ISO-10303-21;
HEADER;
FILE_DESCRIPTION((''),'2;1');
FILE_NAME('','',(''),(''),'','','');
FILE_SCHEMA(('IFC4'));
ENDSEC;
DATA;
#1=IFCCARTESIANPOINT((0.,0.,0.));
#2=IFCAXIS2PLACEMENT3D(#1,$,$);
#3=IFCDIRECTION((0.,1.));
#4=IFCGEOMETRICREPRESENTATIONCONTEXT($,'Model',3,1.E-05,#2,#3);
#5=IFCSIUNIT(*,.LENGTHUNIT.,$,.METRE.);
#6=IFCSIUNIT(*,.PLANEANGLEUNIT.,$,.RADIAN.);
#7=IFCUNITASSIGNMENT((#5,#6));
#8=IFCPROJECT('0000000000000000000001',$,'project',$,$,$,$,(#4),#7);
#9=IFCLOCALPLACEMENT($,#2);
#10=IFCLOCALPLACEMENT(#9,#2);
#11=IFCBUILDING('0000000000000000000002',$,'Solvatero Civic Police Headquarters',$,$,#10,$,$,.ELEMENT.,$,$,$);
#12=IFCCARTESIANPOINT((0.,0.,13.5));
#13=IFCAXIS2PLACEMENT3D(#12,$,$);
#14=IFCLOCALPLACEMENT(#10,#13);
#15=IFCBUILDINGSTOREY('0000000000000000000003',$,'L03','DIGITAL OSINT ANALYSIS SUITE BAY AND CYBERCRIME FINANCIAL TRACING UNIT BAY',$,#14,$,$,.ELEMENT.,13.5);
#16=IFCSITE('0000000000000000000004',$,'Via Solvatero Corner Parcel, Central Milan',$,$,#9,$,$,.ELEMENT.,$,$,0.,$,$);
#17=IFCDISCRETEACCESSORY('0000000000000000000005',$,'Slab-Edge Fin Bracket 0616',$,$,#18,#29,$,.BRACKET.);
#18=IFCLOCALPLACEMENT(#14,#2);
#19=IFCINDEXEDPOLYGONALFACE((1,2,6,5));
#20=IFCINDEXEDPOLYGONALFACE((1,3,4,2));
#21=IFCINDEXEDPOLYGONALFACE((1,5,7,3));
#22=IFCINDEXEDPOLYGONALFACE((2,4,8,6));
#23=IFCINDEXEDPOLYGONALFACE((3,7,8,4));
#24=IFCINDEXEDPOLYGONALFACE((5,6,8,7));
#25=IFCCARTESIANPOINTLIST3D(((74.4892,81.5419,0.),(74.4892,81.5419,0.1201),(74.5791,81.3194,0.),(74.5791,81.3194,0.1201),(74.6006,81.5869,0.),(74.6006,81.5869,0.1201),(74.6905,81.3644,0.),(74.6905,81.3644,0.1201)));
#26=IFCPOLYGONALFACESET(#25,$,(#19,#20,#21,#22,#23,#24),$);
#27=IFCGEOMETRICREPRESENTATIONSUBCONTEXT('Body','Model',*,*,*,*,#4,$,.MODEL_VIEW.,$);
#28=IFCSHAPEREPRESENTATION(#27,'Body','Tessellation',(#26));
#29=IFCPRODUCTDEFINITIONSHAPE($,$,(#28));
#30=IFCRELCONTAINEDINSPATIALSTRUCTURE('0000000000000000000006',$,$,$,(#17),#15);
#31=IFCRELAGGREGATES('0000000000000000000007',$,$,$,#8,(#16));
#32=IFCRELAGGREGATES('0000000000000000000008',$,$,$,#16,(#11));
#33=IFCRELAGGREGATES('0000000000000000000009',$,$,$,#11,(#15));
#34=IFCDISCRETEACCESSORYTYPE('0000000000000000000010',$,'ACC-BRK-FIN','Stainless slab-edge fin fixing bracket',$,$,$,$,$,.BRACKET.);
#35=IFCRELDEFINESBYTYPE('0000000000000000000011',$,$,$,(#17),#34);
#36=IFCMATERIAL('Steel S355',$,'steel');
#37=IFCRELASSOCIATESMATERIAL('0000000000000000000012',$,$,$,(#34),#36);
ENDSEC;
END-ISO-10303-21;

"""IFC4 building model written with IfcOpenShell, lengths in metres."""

from ifc_helpers import new_model, si_unit, direction, frame, origin, origin_2d, place, context, subcontext, project, spatial, rectangle, extrude, material, type_object, element, save


model = new_model("IFC4")

# Units and contexts
model_context = context("Model", 3, precision=1e-05, world=origin(), true_north=direction((0.0, 1.0)))
body_context = subcontext(model_context, "Body", "Model", "MODEL_VIEW")
ifc_project = project(units=[si_unit("LENGTHUNIT", "METRE"), si_unit("PLANEANGLEUNIT", "RADIAN")], contexts=[model_context])

# Site, building, storey
site_placement = place(None, origin())
site = spatial("IfcSite", under=ifc_project, at=site_placement, Name="Via Solvatero Corner Parcel, Central Milan", CompositionType="ELEMENT", RefElevation=0.0)
building_placement = place(site_placement, origin())
building = spatial("IfcBuilding", under=site, at=building_placement, Name="Solvatero Civic Police Headquarters", CompositionType="ELEMENT")
storey_placement = place(building_placement, frame((0.0, 0.0, 13.5)))
storey = spatial("IfcBuildingStorey", under=building, at=storey_placement, Name="L03", Description="DIGITAL OSINT ANALYSIS SUITE BAY AND CYBERCRIME FINANCIAL TRACING UNIT BAY", CompositionType="ELEMENT", Elevation=13.5)

# Shared definitions
ifc_material_1 = material(Name="Steel S355", Category="steel")

# Discrete accessory
discrete_accessory_type = type_object("IfcDiscreteAccessoryType", Name="ACC-BRK-FIN", Description="Stainless slab-edge fin fixing bracket", PredefinedType="BRACKET", material=ifc_material_1)
for number, where, z_axis, x_axis, name in (
    (1, (74.5898, 81.4531, 0.0), (0.0, 0.0, 1.0), (-0.92719, -0.37459, 0.0), "Slab-Edge Fin Bracket 0616"),
):
    element("IfcDiscreteAccessory", number, at=place(storey_placement, frame(where, z_axis=z_axis, x_axis=x_axis)), inside=storey, type_object=discrete_accessory_type, Name=name, PredefinedType="BRACKET", context=body_context, shape_type="SweptSolid", body=[
        extrude(rectangle(XDim=0.1201, YDim=0.24, at=origin_2d()), origin(), (0.0, 0.0, 1.0), 0.1201),
    ])

save(model, "model.ifc")
